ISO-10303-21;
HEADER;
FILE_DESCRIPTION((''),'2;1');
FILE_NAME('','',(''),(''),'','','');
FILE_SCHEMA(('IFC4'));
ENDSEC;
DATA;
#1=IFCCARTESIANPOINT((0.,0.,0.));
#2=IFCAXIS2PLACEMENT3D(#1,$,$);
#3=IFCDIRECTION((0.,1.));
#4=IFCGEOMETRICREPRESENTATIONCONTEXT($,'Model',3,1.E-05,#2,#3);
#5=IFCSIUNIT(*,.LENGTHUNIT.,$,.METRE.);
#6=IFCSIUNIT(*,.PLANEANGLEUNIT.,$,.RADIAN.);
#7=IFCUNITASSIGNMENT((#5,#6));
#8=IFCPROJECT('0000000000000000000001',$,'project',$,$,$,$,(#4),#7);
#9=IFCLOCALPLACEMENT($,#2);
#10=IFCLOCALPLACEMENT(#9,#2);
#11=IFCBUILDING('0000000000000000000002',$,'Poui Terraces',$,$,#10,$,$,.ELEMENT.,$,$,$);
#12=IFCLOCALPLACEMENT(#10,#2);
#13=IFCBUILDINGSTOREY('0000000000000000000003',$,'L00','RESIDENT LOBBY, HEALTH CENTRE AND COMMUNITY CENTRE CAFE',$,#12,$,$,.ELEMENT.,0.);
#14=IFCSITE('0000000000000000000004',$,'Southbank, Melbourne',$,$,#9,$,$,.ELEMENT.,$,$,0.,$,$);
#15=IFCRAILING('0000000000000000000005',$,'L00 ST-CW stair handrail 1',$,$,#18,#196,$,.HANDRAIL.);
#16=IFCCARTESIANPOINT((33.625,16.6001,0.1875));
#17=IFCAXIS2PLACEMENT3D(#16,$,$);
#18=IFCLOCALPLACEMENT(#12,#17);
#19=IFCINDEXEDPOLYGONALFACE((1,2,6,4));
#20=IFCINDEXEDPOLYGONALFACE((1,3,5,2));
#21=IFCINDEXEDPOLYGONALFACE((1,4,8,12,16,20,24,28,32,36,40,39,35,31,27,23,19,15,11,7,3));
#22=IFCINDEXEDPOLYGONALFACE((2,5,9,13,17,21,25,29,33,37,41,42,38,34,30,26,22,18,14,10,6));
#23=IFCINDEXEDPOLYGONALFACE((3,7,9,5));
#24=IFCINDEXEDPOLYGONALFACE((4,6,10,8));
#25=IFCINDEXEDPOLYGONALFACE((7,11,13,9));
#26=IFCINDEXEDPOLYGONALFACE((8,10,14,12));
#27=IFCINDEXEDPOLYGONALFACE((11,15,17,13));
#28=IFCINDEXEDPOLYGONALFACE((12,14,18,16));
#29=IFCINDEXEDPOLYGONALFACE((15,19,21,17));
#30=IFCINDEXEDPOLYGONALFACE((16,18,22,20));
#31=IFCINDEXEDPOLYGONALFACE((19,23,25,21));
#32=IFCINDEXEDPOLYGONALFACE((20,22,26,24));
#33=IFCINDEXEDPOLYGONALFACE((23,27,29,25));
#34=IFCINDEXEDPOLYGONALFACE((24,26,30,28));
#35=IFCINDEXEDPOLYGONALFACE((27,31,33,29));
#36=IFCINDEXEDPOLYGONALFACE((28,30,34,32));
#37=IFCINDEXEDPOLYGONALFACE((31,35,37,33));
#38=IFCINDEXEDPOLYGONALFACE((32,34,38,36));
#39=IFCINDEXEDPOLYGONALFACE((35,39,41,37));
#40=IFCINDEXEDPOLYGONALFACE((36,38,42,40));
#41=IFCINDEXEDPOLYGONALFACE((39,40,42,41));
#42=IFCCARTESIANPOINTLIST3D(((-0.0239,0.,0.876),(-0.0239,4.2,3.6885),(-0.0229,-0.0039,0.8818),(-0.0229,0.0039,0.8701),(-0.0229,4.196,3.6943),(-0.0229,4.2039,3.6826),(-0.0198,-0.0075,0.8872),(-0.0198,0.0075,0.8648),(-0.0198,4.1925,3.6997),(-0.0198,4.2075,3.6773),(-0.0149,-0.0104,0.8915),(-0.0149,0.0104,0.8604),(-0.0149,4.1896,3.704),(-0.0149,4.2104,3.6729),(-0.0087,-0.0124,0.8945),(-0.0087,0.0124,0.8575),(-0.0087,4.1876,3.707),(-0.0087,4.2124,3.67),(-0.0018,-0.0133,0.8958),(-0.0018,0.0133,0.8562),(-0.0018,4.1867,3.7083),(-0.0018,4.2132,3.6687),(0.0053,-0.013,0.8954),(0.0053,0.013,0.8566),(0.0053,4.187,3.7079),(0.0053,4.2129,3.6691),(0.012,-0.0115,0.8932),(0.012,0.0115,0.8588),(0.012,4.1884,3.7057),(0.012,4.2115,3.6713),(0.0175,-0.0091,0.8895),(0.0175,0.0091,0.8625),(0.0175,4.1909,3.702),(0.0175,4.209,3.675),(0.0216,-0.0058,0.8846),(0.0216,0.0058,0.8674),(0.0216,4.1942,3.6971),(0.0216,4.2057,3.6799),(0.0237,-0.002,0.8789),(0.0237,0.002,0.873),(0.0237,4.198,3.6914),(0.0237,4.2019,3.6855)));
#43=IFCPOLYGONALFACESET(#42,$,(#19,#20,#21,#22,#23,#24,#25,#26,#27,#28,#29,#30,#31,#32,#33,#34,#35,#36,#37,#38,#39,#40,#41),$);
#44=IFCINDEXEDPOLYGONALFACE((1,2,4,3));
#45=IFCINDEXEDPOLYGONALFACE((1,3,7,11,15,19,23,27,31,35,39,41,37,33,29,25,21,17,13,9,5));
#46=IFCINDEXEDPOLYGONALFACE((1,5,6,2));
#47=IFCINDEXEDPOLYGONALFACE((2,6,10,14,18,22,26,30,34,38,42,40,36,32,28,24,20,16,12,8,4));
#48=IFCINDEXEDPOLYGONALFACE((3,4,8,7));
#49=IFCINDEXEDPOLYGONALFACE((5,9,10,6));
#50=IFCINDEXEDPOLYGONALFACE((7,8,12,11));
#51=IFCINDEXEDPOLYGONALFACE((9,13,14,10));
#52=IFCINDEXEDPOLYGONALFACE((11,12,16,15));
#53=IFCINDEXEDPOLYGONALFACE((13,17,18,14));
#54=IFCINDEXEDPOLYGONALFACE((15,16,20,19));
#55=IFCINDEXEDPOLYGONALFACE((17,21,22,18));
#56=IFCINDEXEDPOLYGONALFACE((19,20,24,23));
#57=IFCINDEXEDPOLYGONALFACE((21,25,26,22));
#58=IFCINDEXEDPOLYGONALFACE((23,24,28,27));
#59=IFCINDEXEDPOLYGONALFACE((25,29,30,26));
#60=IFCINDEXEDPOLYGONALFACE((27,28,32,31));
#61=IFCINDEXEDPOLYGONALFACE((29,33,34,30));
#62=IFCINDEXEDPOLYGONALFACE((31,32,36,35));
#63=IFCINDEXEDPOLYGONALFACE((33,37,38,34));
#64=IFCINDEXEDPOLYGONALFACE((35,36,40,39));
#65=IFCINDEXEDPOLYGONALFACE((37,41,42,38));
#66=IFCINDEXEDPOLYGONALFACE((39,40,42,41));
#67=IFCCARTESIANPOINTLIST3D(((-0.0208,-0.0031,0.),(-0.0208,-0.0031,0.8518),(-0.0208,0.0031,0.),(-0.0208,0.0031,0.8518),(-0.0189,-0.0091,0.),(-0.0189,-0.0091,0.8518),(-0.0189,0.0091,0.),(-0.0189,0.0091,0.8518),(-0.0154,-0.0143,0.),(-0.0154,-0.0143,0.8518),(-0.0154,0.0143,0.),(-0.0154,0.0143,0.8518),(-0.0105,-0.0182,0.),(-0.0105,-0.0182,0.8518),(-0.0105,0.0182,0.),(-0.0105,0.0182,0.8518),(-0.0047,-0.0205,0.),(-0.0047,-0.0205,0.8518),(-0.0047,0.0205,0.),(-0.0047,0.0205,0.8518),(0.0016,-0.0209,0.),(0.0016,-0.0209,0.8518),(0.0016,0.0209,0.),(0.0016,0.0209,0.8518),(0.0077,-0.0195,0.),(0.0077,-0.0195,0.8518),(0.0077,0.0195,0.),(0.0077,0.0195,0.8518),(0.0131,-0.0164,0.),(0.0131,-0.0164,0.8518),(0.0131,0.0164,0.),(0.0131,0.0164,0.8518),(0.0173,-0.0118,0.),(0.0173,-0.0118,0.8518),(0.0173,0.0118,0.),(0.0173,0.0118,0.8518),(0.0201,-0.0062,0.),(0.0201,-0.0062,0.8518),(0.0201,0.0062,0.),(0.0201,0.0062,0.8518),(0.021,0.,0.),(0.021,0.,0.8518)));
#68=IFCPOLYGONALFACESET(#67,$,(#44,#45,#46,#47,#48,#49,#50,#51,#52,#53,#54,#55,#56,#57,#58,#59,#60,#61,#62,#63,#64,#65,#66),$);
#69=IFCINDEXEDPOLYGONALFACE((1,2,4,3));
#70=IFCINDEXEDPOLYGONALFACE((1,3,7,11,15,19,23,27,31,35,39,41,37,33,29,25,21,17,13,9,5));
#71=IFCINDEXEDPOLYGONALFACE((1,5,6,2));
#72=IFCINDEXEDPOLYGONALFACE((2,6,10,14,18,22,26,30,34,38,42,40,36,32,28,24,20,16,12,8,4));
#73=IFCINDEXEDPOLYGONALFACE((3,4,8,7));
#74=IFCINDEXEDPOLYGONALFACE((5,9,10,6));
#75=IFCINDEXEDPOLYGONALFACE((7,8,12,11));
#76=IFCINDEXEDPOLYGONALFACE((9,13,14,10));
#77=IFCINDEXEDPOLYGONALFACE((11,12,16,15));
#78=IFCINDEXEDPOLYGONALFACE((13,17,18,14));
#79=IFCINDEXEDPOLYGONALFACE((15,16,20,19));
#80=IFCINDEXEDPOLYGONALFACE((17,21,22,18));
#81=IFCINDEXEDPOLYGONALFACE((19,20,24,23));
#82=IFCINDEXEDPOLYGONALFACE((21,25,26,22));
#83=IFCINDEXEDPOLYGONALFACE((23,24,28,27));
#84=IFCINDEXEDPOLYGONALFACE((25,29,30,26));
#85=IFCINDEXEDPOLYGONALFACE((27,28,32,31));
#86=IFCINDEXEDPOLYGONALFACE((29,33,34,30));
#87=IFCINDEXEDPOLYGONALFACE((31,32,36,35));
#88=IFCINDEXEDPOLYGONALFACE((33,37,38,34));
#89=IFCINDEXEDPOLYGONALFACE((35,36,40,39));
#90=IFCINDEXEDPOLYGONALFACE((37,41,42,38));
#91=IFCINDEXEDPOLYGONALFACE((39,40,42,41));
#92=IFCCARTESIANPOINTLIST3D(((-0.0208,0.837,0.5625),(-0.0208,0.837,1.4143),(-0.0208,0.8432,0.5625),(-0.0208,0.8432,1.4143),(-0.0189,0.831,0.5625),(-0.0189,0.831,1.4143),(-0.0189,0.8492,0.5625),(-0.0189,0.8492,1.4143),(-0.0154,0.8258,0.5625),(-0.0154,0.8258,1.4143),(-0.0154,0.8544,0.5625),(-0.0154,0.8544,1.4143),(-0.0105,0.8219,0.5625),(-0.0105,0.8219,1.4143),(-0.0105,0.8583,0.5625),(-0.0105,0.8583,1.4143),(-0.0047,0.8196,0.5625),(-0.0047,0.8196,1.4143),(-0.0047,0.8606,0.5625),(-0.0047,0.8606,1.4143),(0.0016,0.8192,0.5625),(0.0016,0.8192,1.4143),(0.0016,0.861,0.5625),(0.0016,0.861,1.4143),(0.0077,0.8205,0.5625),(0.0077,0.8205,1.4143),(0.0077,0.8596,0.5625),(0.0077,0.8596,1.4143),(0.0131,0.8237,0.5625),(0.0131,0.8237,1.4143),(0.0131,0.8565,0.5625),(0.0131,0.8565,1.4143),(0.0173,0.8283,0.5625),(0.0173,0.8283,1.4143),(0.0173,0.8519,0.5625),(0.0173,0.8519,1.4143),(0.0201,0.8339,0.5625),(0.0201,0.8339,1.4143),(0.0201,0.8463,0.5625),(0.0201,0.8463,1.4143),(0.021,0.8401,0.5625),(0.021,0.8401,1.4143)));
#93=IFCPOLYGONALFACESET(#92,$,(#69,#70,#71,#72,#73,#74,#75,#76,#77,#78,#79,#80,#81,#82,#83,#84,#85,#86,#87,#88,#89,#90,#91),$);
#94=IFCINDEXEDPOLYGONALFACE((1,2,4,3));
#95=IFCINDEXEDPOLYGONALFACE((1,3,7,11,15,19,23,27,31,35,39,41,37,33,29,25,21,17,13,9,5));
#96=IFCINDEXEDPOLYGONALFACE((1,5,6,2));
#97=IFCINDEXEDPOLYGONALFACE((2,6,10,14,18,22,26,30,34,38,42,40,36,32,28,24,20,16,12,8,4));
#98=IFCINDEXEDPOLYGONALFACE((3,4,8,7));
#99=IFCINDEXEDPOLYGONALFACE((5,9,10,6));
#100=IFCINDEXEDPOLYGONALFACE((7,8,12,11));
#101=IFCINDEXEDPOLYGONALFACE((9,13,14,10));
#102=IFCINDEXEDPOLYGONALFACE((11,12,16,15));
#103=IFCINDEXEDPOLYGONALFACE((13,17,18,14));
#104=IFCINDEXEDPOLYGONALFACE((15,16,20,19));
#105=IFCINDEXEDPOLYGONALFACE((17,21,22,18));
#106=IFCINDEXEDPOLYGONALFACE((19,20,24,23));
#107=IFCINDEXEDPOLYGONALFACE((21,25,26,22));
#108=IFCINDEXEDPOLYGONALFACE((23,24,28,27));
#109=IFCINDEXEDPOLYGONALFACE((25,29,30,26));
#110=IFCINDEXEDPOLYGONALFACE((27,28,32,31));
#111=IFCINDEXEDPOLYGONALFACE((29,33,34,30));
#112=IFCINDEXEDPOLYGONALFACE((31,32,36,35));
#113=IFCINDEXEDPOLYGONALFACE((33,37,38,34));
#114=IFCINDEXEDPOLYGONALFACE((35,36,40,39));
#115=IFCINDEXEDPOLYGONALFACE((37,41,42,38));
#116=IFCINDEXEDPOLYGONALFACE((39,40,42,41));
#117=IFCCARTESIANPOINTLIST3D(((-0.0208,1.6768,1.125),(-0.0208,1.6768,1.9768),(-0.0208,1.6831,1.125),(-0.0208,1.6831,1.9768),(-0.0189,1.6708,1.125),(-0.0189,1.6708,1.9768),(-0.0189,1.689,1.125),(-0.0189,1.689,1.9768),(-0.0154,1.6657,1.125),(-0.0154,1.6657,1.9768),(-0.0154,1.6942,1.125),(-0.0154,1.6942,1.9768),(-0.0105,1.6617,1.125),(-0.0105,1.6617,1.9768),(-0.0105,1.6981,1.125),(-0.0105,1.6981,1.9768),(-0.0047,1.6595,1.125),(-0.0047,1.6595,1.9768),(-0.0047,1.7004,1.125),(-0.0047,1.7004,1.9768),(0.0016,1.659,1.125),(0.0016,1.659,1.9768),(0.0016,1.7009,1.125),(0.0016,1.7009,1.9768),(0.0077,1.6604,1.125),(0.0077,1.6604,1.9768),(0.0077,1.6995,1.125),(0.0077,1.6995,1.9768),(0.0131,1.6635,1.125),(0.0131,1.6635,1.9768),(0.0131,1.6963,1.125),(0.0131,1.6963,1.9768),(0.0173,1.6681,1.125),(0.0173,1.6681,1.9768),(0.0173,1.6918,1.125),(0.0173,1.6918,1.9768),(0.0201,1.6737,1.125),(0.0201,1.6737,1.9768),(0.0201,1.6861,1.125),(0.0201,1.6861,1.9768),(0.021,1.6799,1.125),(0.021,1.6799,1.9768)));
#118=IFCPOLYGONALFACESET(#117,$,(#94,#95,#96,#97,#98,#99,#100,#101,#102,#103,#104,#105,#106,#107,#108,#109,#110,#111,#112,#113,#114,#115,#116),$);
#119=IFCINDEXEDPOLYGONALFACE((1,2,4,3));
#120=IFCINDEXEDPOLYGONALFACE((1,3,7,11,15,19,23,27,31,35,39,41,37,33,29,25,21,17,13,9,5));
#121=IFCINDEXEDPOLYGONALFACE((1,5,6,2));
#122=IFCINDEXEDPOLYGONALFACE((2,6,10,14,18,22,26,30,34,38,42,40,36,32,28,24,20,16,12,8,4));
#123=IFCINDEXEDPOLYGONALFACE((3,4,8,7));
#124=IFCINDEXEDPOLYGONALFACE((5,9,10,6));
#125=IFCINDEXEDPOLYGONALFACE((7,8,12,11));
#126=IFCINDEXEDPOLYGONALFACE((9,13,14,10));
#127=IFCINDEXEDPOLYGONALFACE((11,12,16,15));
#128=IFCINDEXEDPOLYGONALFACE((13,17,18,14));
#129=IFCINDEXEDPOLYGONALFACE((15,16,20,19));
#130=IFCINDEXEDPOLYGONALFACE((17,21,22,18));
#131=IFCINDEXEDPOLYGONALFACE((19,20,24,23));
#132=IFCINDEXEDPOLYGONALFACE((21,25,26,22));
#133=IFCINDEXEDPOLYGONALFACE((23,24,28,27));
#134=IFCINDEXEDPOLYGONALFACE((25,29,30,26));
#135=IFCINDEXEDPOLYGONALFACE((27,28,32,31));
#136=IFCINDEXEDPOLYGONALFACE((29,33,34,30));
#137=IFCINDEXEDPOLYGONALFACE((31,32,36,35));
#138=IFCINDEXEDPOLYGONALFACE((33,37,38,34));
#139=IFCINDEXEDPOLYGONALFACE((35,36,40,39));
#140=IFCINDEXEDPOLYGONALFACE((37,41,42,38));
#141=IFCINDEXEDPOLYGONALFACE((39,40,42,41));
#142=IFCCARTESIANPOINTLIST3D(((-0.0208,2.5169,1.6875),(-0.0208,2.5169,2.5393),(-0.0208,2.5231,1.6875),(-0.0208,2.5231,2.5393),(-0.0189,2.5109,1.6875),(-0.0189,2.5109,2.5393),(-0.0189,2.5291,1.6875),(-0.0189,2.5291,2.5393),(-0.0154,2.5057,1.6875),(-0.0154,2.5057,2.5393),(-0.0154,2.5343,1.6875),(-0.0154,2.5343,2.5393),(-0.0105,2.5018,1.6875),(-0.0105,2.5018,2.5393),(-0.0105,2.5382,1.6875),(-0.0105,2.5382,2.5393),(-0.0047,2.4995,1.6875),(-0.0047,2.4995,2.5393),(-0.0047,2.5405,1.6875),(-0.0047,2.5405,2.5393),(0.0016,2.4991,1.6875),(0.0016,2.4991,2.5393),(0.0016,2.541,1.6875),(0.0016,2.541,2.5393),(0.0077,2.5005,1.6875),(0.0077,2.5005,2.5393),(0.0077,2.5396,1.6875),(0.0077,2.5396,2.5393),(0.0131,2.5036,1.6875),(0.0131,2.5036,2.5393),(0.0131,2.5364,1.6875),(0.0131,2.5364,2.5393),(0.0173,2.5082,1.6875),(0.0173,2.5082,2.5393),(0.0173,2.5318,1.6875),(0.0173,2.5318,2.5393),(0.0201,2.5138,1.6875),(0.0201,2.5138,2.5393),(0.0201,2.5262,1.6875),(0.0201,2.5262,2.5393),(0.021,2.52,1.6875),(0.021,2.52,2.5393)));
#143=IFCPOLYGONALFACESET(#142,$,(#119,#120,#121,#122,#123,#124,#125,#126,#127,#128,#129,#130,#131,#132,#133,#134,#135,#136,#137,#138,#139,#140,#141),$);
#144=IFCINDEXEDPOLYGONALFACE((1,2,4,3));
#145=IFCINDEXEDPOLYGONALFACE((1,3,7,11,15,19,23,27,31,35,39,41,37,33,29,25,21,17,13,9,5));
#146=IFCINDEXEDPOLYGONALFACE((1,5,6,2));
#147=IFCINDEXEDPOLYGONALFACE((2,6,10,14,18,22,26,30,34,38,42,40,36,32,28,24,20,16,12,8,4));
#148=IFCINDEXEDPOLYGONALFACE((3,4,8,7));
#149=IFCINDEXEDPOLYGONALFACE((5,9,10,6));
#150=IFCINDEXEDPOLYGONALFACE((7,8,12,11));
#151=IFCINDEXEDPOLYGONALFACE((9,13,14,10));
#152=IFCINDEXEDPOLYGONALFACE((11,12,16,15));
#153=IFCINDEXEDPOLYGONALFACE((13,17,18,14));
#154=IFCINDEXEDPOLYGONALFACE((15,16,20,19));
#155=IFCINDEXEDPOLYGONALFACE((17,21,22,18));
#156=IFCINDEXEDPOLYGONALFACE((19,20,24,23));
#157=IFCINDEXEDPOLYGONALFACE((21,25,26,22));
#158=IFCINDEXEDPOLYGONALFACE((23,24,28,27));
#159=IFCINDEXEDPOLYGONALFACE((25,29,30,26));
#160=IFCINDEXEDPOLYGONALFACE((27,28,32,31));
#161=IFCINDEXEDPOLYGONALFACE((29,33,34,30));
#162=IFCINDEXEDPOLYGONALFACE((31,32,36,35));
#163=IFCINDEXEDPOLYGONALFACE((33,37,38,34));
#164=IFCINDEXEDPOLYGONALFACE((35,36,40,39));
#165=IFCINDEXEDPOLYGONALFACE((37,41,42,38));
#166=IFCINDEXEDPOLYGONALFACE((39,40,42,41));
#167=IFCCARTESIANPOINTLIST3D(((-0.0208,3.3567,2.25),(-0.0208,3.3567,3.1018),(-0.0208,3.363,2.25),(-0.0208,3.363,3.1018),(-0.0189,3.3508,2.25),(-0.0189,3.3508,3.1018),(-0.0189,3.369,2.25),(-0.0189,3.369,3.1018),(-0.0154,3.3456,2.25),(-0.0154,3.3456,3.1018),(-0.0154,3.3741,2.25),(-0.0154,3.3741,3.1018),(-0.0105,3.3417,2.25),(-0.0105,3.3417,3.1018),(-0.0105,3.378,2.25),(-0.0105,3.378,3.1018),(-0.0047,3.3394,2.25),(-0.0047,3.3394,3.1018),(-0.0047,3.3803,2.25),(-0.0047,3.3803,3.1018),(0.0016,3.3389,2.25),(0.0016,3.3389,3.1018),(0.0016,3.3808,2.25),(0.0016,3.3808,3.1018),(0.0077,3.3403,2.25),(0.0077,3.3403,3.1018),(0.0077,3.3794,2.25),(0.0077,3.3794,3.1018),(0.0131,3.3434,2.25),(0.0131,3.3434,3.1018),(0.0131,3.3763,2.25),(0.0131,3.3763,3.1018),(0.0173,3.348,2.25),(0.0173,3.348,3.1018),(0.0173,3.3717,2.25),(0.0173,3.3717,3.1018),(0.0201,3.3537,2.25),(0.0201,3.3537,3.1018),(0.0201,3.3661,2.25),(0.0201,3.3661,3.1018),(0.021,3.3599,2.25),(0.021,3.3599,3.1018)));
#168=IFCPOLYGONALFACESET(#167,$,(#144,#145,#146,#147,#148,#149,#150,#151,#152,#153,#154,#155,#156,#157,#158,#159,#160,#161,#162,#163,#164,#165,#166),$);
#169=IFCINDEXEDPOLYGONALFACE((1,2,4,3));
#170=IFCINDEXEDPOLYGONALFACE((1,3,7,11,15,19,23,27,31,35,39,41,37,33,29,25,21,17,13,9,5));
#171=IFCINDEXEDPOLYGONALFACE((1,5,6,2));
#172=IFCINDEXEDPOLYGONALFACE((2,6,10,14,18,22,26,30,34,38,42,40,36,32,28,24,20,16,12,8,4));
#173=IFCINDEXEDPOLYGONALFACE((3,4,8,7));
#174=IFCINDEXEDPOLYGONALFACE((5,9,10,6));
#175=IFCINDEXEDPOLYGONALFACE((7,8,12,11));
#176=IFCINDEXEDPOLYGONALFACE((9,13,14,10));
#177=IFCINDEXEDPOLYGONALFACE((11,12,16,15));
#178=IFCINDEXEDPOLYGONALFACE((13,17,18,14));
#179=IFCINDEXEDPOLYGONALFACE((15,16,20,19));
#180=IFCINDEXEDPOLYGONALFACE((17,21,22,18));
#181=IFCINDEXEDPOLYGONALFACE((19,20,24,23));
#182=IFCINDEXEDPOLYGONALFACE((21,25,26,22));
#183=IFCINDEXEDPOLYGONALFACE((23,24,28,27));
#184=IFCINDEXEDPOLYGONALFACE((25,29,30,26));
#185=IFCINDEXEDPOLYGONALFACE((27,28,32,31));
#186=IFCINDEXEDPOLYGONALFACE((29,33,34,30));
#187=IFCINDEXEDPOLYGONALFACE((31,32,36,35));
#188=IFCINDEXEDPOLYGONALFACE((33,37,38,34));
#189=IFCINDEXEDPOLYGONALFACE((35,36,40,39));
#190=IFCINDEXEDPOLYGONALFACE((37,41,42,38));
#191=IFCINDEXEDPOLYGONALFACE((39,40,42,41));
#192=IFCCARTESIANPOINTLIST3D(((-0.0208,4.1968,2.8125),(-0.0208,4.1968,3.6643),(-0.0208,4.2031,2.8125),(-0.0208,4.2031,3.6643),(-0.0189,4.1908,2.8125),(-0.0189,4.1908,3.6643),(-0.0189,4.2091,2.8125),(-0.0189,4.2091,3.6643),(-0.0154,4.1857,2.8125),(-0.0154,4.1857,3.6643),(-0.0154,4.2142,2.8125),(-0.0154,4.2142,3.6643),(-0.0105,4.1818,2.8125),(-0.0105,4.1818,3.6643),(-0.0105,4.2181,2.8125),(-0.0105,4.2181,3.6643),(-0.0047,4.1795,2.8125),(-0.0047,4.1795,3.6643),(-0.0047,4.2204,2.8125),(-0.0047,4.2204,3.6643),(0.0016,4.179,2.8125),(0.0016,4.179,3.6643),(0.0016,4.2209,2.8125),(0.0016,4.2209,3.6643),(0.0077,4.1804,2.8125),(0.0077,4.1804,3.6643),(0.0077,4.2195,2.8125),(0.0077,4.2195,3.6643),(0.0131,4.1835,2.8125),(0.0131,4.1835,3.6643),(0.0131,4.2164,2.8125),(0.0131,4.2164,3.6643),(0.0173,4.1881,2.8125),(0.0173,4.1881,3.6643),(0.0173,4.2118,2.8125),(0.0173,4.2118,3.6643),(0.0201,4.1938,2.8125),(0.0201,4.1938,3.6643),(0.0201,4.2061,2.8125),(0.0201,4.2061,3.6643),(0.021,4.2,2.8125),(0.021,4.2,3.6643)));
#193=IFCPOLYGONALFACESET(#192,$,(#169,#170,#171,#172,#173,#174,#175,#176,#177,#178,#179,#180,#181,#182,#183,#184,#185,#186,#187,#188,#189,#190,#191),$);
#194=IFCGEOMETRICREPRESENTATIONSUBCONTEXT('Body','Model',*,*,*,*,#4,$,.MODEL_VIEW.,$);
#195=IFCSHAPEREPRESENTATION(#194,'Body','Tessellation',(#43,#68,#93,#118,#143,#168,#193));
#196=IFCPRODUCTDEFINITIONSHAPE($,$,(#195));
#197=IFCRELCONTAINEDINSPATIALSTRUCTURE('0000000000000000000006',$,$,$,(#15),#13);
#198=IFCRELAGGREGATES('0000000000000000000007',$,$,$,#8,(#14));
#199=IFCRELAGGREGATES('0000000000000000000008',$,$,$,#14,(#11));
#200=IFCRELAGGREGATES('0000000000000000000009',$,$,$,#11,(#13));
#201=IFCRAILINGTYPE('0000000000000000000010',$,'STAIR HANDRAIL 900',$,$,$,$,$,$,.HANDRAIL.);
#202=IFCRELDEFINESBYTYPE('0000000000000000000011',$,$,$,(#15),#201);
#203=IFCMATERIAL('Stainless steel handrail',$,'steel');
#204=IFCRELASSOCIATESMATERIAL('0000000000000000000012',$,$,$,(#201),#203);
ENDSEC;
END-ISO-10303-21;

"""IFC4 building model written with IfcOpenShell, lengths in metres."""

from ifc_helpers import new_model, si_unit, direction, frame, origin, origin_2d, place, context, subcontext, project, spatial, circle, extrude, material, type_object, element, save


model = new_model("IFC4")

# Units and contexts
model_context = context("Model", 3, precision=1e-05, world=origin(), true_north=direction((0.0, 1.0)))
body_context = subcontext(model_context, "Body", "Model", "MODEL_VIEW")
ifc_project = project(units=[si_unit("LENGTHUNIT", "METRE"), si_unit("PLANEANGLEUNIT", "RADIAN")], contexts=[model_context])

# Site, building, storey
site_placement = place(None, origin())
site = spatial("IfcSite", under=ifc_project, at=site_placement, Name="Southbank, Melbourne", CompositionType="ELEMENT", RefElevation=0.0)
building_placement = place(site_placement, origin())
building = spatial("IfcBuilding", under=site, at=building_placement, Name="Poui Terraces", CompositionType="ELEMENT")
storey_placement = place(building_placement, origin())
storey = spatial("IfcBuildingStorey", under=building, at=storey_placement, Name="L00", Description="RESIDENT LOBBY, HEALTH CENTRE AND COMMUNITY CENTRE CAFE", CompositionType="ELEMENT", Elevation=0.0)

# Railing
ifc_material_1 = material(Name="Stainless steel handrail", Category="steel")
railing_type_1 = type_object("IfcRailingType", Name="STAIR HANDRAIL 900", PredefinedType="HANDRAIL", material=ifc_material_1)
railing_1_placement = place(storey_placement, frame((33.625, 16.6001, 0.1875)))
element("IfcRailing", 1, at=railing_1_placement, inside=storey, type_object=railing_type_1, Name="L00 ST-CW stair handrail 1", PredefinedType="HANDRAIL", context=body_context, shape_type="SweptSolid", body=[
    extrude(circle(Radius=0.0239, at=origin_2d()), frame((0.0, 0.0, 0.876), z_axis=(0.0, 0.830904, 0.556416), x_axis=(-1.0, 0.0, 0.0)), (0.0, 0.0, 1.0), 5.0547),
    extrude(circle(Radius=0.021, at=origin_2d()), origin(), (0.0, 0.0, 1.0), 0.8518),
    extrude(circle(Radius=0.021, at=origin_2d()), frame((0.0, 0.8401, 0.5625)), (0.0, 0.0, 1.0), 0.8518),
    extrude(circle(Radius=0.021, at=origin_2d()), frame((0.0, 1.6799, 1.125)), (0.0, 0.0, 1.0), 0.8518),
    extrude(circle(Radius=0.021, at=origin_2d()), frame((0.0, 2.52, 1.6875)), (0.0, 0.0, 1.0), 0.8518),
    extrude(circle(Radius=0.021, at=origin_2d()), frame((0.0, 3.3599, 2.25)), (0.0, 0.0, 1.0), 0.8518),
    extrude(circle(Radius=0.021, at=origin_2d()), frame((0.0, 4.2, 2.8125)), (0.0, 0.0, 1.0), 0.8518),
])

save(model, "model.ifc")
